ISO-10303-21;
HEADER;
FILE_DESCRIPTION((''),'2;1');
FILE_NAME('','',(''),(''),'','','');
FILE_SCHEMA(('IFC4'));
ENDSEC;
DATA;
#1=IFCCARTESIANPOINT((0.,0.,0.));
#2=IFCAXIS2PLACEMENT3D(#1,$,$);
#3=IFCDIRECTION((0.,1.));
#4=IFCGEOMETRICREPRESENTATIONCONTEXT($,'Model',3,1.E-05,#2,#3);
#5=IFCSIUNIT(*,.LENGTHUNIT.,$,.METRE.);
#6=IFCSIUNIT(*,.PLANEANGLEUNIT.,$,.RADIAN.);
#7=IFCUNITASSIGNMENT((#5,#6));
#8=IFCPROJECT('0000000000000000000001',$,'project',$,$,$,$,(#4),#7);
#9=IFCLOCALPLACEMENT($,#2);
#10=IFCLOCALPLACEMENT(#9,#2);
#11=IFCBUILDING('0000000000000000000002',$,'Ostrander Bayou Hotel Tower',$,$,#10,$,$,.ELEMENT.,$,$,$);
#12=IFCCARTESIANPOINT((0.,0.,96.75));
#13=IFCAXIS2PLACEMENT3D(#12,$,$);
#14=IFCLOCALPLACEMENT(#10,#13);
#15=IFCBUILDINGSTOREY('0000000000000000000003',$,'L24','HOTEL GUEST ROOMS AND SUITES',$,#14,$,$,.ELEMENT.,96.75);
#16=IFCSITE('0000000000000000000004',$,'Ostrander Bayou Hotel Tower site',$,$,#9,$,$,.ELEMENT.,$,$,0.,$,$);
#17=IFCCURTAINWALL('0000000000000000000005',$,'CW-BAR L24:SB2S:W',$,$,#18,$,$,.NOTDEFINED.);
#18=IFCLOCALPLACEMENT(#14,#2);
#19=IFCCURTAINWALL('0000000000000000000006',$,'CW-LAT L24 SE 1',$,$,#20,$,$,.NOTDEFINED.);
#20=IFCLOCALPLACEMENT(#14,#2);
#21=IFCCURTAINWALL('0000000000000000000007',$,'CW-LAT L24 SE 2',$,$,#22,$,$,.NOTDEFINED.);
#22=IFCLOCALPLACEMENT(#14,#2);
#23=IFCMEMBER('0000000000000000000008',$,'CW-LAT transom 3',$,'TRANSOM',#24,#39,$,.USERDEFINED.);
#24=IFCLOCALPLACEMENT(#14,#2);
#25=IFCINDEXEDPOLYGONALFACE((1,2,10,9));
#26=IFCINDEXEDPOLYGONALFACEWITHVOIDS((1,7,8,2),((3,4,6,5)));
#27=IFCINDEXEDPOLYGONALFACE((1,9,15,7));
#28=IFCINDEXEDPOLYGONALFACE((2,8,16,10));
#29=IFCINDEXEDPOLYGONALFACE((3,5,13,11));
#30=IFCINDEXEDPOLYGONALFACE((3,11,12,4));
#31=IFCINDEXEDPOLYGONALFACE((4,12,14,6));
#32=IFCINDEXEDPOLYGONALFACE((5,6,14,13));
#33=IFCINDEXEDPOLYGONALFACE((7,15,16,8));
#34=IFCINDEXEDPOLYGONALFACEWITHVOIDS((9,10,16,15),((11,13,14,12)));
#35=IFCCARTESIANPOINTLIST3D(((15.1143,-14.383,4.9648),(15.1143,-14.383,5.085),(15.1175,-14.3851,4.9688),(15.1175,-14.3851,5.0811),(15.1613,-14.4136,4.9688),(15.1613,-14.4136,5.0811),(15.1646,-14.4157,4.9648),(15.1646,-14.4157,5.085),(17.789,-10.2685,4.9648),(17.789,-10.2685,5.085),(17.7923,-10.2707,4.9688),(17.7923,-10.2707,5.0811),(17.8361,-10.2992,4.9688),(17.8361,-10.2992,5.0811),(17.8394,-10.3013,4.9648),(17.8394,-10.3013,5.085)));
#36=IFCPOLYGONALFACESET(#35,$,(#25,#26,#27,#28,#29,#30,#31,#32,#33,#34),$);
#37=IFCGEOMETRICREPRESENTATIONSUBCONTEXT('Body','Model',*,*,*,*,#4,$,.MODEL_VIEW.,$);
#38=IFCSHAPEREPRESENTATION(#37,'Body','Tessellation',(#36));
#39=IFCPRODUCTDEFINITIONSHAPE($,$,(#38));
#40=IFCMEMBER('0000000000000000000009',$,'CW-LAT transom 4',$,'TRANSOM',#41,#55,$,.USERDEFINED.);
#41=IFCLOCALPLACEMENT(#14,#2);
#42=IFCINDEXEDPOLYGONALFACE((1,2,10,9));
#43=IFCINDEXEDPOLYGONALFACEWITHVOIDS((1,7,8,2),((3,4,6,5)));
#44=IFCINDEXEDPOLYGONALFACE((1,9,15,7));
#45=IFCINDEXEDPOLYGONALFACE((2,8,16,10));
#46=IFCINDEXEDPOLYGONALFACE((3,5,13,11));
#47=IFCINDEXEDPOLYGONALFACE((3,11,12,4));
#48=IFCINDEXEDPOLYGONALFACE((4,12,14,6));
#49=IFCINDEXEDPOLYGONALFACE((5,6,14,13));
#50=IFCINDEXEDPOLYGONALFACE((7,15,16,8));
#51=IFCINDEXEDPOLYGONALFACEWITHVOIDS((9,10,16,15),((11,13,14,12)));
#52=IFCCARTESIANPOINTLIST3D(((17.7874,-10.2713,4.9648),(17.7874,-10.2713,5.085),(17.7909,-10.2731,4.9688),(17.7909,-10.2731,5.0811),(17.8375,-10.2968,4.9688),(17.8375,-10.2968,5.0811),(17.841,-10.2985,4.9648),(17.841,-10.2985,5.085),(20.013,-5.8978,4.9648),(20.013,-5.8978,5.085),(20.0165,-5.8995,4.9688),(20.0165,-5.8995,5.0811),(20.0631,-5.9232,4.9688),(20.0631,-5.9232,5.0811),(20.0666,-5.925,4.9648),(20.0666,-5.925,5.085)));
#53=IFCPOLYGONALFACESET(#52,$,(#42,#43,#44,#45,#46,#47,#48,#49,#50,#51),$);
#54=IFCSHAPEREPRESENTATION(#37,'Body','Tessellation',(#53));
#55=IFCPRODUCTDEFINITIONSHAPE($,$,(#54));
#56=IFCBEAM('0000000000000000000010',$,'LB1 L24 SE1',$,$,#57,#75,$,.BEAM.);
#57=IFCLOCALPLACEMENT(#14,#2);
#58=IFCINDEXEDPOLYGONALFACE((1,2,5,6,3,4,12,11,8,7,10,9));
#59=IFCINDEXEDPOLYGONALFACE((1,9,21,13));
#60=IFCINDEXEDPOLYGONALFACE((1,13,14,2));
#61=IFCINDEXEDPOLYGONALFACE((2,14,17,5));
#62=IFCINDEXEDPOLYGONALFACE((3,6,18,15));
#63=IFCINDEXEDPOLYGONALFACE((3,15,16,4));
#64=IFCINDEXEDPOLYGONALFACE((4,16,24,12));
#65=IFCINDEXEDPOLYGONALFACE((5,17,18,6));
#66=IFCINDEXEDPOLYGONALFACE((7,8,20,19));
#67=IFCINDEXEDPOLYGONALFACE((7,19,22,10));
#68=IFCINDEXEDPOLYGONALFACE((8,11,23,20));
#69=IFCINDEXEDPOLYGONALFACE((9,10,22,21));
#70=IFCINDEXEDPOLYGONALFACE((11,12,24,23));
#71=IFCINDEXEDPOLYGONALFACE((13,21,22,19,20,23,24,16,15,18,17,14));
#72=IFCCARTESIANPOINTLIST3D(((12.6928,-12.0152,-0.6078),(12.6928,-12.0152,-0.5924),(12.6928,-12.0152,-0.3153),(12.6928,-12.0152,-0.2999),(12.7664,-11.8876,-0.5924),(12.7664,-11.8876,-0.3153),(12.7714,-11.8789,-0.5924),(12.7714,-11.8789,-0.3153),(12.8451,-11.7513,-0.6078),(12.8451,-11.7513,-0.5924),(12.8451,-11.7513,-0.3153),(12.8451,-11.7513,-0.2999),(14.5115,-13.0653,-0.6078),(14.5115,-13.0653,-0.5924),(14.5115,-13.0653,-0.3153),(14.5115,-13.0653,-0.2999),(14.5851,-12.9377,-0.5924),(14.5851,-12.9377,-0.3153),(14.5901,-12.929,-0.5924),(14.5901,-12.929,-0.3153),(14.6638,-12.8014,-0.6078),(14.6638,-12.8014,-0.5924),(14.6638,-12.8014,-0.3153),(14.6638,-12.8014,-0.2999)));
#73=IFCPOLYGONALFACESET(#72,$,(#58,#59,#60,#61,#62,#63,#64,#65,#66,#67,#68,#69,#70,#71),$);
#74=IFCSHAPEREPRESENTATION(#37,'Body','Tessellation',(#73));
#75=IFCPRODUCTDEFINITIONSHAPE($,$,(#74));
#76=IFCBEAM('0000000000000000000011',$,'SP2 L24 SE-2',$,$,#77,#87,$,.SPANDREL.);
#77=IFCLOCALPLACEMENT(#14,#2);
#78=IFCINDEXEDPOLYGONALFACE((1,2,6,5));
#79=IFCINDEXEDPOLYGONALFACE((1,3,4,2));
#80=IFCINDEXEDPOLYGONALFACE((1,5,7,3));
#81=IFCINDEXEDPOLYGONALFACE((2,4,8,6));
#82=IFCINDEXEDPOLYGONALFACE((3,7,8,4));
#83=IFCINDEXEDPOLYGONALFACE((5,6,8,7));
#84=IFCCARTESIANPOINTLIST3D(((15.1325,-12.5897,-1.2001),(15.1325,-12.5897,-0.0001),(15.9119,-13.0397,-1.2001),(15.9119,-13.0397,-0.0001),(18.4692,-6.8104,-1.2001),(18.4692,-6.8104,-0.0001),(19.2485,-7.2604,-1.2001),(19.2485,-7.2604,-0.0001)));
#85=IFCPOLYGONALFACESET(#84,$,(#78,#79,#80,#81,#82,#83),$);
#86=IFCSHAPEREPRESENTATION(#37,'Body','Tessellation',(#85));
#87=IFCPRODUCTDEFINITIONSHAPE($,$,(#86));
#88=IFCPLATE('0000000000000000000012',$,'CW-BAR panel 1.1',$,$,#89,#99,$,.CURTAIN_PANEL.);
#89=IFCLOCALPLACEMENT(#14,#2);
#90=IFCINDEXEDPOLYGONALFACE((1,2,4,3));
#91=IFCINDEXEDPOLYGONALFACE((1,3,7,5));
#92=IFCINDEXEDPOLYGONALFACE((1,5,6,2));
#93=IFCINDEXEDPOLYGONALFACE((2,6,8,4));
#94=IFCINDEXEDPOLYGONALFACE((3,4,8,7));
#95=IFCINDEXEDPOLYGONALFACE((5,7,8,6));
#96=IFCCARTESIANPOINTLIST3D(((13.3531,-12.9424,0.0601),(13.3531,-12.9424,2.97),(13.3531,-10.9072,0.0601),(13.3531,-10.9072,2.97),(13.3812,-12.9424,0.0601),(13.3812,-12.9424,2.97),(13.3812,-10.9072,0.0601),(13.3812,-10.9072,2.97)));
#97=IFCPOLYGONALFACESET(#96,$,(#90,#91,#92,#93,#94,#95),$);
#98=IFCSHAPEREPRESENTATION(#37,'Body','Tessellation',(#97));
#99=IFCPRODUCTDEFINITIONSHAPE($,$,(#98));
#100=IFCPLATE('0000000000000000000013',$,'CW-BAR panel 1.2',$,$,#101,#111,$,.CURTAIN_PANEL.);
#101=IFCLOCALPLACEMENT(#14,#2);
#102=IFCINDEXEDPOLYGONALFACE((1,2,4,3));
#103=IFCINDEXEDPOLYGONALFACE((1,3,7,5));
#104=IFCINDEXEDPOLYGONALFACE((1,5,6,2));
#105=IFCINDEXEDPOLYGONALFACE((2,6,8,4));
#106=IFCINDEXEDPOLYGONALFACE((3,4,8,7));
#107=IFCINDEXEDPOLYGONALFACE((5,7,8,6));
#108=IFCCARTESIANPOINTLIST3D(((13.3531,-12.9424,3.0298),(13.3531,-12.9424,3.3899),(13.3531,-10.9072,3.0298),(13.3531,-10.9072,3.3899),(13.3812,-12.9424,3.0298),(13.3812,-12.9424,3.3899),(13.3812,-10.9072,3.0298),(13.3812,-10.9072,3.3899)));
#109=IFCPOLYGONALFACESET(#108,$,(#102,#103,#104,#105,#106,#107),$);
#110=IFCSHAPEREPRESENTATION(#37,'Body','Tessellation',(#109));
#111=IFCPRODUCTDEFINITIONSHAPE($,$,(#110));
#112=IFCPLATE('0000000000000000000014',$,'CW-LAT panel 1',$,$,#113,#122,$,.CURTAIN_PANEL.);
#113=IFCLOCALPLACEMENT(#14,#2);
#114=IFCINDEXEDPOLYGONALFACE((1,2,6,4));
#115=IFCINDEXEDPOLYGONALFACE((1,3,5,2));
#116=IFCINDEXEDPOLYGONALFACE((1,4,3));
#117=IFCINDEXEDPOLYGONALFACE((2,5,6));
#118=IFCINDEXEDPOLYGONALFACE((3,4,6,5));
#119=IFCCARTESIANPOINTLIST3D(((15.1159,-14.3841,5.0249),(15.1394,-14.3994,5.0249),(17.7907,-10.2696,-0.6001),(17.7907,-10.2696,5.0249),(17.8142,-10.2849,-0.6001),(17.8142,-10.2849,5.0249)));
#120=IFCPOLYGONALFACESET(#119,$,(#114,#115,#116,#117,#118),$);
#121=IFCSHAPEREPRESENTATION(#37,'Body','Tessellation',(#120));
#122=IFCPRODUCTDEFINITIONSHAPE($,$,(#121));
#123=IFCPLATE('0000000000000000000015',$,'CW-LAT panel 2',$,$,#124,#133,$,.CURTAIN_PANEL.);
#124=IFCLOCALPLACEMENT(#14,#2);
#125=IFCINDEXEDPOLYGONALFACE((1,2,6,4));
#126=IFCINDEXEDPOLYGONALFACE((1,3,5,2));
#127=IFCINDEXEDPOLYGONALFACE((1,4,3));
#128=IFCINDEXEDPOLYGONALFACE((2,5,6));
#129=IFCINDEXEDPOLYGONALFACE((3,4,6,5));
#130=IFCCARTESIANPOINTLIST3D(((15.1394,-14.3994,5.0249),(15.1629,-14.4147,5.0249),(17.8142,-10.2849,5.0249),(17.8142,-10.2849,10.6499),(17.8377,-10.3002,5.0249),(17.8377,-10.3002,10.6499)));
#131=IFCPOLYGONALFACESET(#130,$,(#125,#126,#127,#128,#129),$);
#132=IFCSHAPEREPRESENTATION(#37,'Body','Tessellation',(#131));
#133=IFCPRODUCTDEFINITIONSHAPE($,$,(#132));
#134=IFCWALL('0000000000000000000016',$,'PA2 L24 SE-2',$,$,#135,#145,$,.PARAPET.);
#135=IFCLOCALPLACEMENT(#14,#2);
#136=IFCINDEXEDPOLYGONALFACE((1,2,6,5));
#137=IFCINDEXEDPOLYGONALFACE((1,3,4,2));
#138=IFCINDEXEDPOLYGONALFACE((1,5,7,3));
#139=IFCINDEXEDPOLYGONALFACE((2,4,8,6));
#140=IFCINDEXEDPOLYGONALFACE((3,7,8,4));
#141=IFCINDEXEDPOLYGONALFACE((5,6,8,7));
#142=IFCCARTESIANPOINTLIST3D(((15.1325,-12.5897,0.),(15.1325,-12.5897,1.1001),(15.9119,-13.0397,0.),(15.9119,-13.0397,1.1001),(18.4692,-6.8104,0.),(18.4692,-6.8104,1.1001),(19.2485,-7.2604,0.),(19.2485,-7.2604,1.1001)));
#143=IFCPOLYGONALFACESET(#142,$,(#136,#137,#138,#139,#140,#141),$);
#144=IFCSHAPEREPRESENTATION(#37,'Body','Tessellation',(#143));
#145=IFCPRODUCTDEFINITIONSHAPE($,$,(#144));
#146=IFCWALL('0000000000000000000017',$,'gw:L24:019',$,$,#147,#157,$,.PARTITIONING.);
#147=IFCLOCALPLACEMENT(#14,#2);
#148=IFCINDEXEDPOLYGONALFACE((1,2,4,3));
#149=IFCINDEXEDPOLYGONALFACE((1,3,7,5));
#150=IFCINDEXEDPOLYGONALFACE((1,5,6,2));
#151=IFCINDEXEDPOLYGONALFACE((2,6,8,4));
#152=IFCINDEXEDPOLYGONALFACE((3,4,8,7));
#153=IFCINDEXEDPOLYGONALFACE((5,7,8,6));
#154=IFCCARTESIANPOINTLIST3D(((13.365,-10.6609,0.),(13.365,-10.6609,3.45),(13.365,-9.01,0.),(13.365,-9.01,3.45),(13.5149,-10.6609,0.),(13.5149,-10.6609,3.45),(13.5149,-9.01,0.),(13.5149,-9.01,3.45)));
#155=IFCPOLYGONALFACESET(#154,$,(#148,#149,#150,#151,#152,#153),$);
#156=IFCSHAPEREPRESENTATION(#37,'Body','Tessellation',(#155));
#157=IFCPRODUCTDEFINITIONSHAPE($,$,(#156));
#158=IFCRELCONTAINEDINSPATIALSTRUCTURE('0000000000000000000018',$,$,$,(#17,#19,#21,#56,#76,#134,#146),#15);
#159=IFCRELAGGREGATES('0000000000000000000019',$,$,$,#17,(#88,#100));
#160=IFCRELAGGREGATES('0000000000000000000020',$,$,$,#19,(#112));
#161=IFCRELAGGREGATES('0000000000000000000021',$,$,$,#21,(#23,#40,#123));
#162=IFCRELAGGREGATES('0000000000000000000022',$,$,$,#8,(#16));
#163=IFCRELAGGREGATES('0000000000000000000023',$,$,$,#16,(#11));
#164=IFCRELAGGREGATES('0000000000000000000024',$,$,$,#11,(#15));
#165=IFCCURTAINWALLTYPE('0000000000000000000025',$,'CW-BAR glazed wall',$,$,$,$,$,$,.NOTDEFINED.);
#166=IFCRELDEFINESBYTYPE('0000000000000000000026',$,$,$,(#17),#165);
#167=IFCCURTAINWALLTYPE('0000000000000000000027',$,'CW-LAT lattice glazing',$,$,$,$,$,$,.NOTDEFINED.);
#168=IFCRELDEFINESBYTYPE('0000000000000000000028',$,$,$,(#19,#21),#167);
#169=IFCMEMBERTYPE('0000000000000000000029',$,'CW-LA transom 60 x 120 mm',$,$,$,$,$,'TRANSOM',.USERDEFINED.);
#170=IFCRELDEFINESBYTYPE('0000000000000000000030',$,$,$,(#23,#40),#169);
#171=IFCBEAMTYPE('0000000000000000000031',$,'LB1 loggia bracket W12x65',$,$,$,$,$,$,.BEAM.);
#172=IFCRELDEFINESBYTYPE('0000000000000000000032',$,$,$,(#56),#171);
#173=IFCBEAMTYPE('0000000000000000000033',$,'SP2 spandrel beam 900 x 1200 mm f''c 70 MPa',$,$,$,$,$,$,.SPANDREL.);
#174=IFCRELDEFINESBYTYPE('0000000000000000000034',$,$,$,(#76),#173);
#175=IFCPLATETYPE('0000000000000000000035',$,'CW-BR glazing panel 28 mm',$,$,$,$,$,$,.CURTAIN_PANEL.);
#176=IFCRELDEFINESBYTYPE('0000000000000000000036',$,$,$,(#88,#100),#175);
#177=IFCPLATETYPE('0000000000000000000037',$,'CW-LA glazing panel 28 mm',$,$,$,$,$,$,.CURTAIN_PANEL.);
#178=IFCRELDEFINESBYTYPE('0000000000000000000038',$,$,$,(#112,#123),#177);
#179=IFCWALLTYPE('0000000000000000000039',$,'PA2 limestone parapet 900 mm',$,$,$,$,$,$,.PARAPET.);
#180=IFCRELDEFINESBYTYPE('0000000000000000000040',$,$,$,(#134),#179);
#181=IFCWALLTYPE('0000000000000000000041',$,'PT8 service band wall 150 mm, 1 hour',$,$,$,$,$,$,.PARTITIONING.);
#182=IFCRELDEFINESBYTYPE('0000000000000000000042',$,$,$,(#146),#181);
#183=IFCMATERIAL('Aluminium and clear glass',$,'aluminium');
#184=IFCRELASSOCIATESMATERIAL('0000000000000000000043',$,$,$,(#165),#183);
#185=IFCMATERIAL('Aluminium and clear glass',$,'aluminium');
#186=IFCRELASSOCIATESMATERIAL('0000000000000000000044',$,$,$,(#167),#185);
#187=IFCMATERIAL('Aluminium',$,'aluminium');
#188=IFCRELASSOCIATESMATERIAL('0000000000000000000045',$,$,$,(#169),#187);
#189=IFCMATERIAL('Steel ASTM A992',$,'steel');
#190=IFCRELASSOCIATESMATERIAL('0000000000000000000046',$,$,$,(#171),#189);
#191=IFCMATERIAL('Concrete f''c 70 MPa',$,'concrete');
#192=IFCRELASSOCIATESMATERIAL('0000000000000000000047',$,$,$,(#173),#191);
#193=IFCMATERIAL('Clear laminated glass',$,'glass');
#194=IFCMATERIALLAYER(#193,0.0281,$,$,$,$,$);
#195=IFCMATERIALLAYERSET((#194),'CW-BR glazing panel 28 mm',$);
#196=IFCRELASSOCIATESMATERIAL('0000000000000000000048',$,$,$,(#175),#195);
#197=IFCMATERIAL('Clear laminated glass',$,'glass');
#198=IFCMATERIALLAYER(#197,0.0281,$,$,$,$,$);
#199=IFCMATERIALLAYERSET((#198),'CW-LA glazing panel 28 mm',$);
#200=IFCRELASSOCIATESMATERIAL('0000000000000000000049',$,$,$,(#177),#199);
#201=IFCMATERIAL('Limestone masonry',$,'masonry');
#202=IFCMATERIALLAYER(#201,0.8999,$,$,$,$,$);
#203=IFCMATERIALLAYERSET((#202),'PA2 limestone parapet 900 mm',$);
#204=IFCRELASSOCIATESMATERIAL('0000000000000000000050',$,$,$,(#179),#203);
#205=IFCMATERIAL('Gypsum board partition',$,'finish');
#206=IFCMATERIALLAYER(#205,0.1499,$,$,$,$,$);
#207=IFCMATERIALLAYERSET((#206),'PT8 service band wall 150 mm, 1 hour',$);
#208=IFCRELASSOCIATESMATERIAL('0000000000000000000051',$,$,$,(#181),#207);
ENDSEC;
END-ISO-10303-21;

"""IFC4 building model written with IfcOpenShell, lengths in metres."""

from ifc_helpers import new_model, si_unit, direction, frame, frame_2d, origin, origin_2d, place, context, subcontext, project, spatial, polyline, rectangle, hollow_rectangle, i_section, outline, extrude, material, layer, layer_set, material_profile, profile_set, type_object, element, aggregate, save


model = new_model("IFC4")

# Units and contexts
model_context = context("Model", 3, precision=1e-05, world=origin(), true_north=direction((0.0, 1.0)))
body_context = subcontext(model_context, "Body", "Model", "MODEL_VIEW")
ifc_project = project(units=[si_unit("LENGTHUNIT", "METRE"), si_unit("PLANEANGLEUNIT", "RADIAN")], contexts=[model_context])

# Site, building, storey
site_placement = place(None, origin())
site = spatial("IfcSite", under=ifc_project, at=site_placement, Name="Ostrander Bayou Hotel Tower site", CompositionType="ELEMENT", RefElevation=0.0)
building_placement = place(site_placement, origin())
building = spatial("IfcBuilding", under=site, at=building_placement, Name="Ostrander Bayou Hotel Tower", CompositionType="ELEMENT")
storey_placement = place(building_placement, frame((0.0, 0.0, 96.75)))
storey = spatial("IfcBuildingStorey", under=building, at=storey_placement, Name="L24", Description="HOTEL GUEST ROOMS AND SUITES", CompositionType="ELEMENT", Elevation=96.75)

# Curtain walls, members
ifc_material_1 = material(Name="Aluminium and clear glass", Category="aluminium")
curtain_wall_type_1 = type_object("IfcCurtainWallType", Name="CW-BAR glazed wall", PredefinedType="NOTDEFINED", material=ifc_material_1)
curtain_wall_1_placement = place(storey_placement, origin())
curtain_wall_1 = element("IfcCurtainWall", 1, at=curtain_wall_1_placement, inside=storey, type_object=curtain_wall_type_1, Name="CW-BAR L24:SB2S:W", PredefinedType="NOTDEFINED")
ifc_material_2 = material(Name="Aluminium and clear glass", Category="aluminium")
curtain_wall_type_2 = type_object("IfcCurtainWallType", Name="CW-LAT lattice glazing", PredefinedType="NOTDEFINED", material=ifc_material_2)
curtain_wall_2_placement = place(storey_placement, origin())
curtain_wall_2 = element("IfcCurtainWall", 2, at=curtain_wall_2_placement, inside=storey, type_object=curtain_wall_type_2, Name="CW-LAT L24 SE 1", PredefinedType="NOTDEFINED")
curtain_wall_3_placement = place(storey_placement, origin())
curtain_wall_3 = element("IfcCurtainWall", 3, at=curtain_wall_3_placement, inside=storey, type_object=curtain_wall_type_2, Name="CW-LAT L24 SE 2", PredefinedType="NOTDEFINED")
ifc_material_3 = material(Name="Aluminium", Category="aluminium")
ifc_material_profile_1 = material_profile(ifc_material_3, hollow_rectangle(XDim=0.0601, YDim=0.1201, WallThickness=0.0039, at=origin_2d()))
ifc_profile_set_1 = profile_set([ifc_material_profile_1], Name="Aluminium")
member_type_1 = type_object("IfcMemberType", Name="CW-LA transom 60 x 120 mm", ElementType="TRANSOM", PredefinedType="USERDEFINED", material=ifc_profile_set_1)
member_1_placement = place(storey_placement, frame((17.8142, -10.2849, 5.0249), z_axis=(-0.545043, -0.838408, 0.0), x_axis=(0.838408, -0.545043, 0.0)))
member_1 = element("IfcMember", 4, at=member_1_placement, type_object=member_type_1, Name="CW-LAT transom 3", ObjectType="TRANSOM", PredefinedType="USERDEFINED", context=body_context, shape_type="SweptSolid", body=[
    extrude(hollow_rectangle(XDim=0.0601, YDim=0.1201, WallThickness=0.0039, at=origin_2d()), origin(), (0.0, 0.0, 1.0), 4.9075),
])
member_2_placement = place(storey_placement, frame((17.8142, -10.2849, 5.0249), z_axis=(0.453531, 0.891241, 0.0), x_axis=(-0.891241, 0.453531, 0.0)))
member_2 = element("IfcMember", 5, at=member_2_placement, type_object=member_type_1, Name="CW-LAT transom 4", ObjectType="TRANSOM", PredefinedType="USERDEFINED", context=body_context, shape_type="SweptSolid", body=[
    extrude(hollow_rectangle(XDim=0.0601, YDim=0.1201, WallThickness=0.0039, at=origin_2d()), origin(), (0.0, 0.0, 1.0), 4.9072),
])

# Beams
ifc_material_4 = material(Name="Steel ASTM A992", Category="steel")
ifc_material_profile_2 = material_profile(ifc_material_4, i_section(OverallWidth=0.3047, OverallDepth=0.3079, WebThickness=0.01, FlangeThickness=0.0154, at=origin_2d()))
ifc_profile_set_2 = profile_set([ifc_material_profile_2], Name="Steel ASTM A992")
beam_type_1 = type_object("IfcBeamType", Name="LB1 loggia bracket W12x65", PredefinedType="BEAM", material=ifc_profile_set_2)
beam_1_placement = place(storey_placement, frame((14.5876, -12.9333, -0.4539), z_axis=(-0.866009, 0.500028, 0.0), x_axis=(-0.500028, -0.866009, 0.0)))
element("IfcBeam", 6, at=beam_1_placement, inside=storey, type_object=beam_type_1, Name="LB1 L24 SE1", PredefinedType="BEAM", context=body_context, shape_type="SweptSolid", body=[
    extrude(i_section(OverallWidth=0.3047, OverallDepth=0.3079, WebThickness=0.01, FlangeThickness=0.0154, at=origin_2d()), origin(), (0.0, 0.0, 1.0), 2.1001),
])
ifc_material_5 = material(Name="Concrete f'c 70 MPa", Category="concrete")
ifc_material_profile_3 = material_profile(ifc_material_5, rectangle(XDim=0.8999, YDim=1.2, at=origin_2d()))
ifc_profile_set_3 = profile_set([ifc_material_profile_3], Name="Concrete f'c 70 MPa")
beam_type_2 = type_object("IfcBeamType", Name="SP2 spandrel beam 900 x 1200 mm f'c 70 MPa", PredefinedType="SPANDREL", material=ifc_profile_set_3)
beam_2_placement = place(storey_placement, frame((15.5222, -12.8147, -0.6001), z_axis=(0.499999, 0.866026, 0.0), x_axis=(-0.866026, 0.499999, 0.0)))
element("IfcBeam", 7, at=beam_2_placement, inside=storey, type_object=beam_type_2, Name="SP2 L24 SE-2", PredefinedType="SPANDREL", context=body_context, shape_type="SweptSolid", body=[
    extrude(rectangle(XDim=0.8999, YDim=1.2, at=origin_2d()), origin(), (0.0, 0.0, 1.0), 6.6733),
])

# Plates
ifc_material_6 = material(Name="Clear laminated glass", Category="glass")
ifc_layer_1 = layer(ifc_material_6, 0.0281)
ifc_layer_set_1 = layer_set([ifc_layer_1], Name="CW-BR glazing panel 28 mm")
plate_type_1 = type_object("IfcPlateType", Name="CW-BR glazing panel 28 mm", PredefinedType="CURTAIN_PANEL", material=ifc_layer_set_1)
plate_1_placement = place(storey_placement, frame((13.3672, -11.9248, 0.0601), z_axis=(0.0, 0.0, 1.0), x_axis=(0.0, -1.0, 0.0)))
plate_1 = element("IfcPlate", 8, at=plate_1_placement, type_object=plate_type_1, Name="CW-BAR panel 1.1", PredefinedType="CURTAIN_PANEL", context=body_context, shape_type="SweptSolid", body=[
    extrude(rectangle(XDim=2.0352, YDim=0.0281, at=origin_2d()), origin(), (0.0, 0.0, 1.0), 2.9099),
])
plate_2_placement = place(storey_placement, frame((13.3672, -11.9248, 3.0298), z_axis=(0.0, 0.0, 1.0), x_axis=(0.0, -1.0, 0.0)))
plate_2 = element("IfcPlate", 9, at=plate_2_placement, type_object=plate_type_1, Name="CW-BAR panel 1.2", PredefinedType="CURTAIN_PANEL", context=body_context, shape_type="SweptSolid", body=[
    extrude(rectangle(XDim=2.0352, YDim=0.0281, at=origin_2d()), origin(), (0.0, 0.0, 1.0), 0.3601),
])
aggregate(curtain_wall_1, [plate_1, plate_2])
ifc_material_7 = material(Name="Clear laminated glass", Category="glass")
ifc_layer_2 = layer(ifc_material_7, 0.0281)
ifc_layer_set_2 = layer_set([ifc_layer_2], Name="CW-LA glazing panel 28 mm")
plate_type_2 = type_object("IfcPlateType", Name="CW-LA glazing panel 28 mm", PredefinedType="CURTAIN_PANEL", material=ifc_layer_set_2)
plate_3_placement = place(storey_placement, frame((15.1394, -14.3994, 5.0249), z_axis=(0.838408, -0.545043, 0.0), x_axis=(0.358319, 0.551182, -0.753529)))
plate_3 = element("IfcPlate", 10, at=plate_3_placement, type_object=plate_type_2, Name="CW-LAT panel 1", PredefinedType="CURTAIN_PANEL", context=body_context, shape_type="SweptSolid", body=[
    extrude(outline(polyline([(0.0, 0.0), (7.4649, 0.0), (3.2263, 3.698), (0.0, 0.0)])), origin(), (0.0, 0.0, -1.0), 0.0281),
])
aggregate(curtain_wall_2, [plate_3])
plate_4_placement = place(storey_placement, frame((15.1394, -14.3994, 5.0249), z_axis=(-0.838408, 0.545043, 0.0), x_axis=(0.358319, 0.551182, 0.753529)))
plate_4 = element("IfcPlate", 11, at=plate_4_placement, type_object=plate_type_2, Name="CW-LAT panel 2", PredefinedType="CURTAIN_PANEL", context=body_context, shape_type="SweptSolid", body=[
    extrude(outline(polyline([(0.0, 0.0), (7.4649, 0.0), (3.2263, 3.698), (0.0, 0.0)])), origin(), (0.0, 0.0, -1.0), 0.0281),
])
aggregate(curtain_wall_3, [member_1, member_2, plate_4])

# Walls
ifc_material_8 = material(Name="Limestone masonry", Category="masonry")
ifc_layer_3 = layer(ifc_material_8, 0.8999)
ifc_layer_set_3 = layer_set([ifc_layer_3], Name="PA2 limestone parapet 900 mm")
wall_type_1 = type_object("IfcWallType", Name="PA2 limestone parapet 900 mm", PredefinedType="PARAPET", material=ifc_layer_set_3)
wall_1_placement = place(storey_placement, frame((15.5222, -12.8147, 0.0), z_axis=(0.0, 0.0, 1.0), x_axis=(0.499999, 0.866026, 0.0)))
element("IfcWall", 12, at=wall_1_placement, inside=storey, type_object=wall_type_1, Name="PA2 L24 SE-2", PredefinedType="PARAPET", context=body_context, shape_type="SweptSolid", body=[
    extrude(rectangle(XDim=6.6733, YDim=0.8999, at=frame_2d((3.3367, 0.0))), origin(), (0.0, 0.0, 1.0), 1.1001),
])
ifc_material_9 = material(Name="Gypsum board partition", Category="finish")
ifc_layer_4 = layer(ifc_material_9, 0.1499)
ifc_layer_set_4 = layer_set([ifc_layer_4], Name="PT8 service band wall 150 mm, 1 hour")
wall_type_2 = type_object("IfcWallType", Name="PT8 service band wall 150 mm, 1 hour", PredefinedType="PARTITIONING", material=ifc_layer_set_4)
wall_2_placement = place(storey_placement, frame((13.4399, -10.6609, 0.0), z_axis=(0.0, 0.0, 1.0), x_axis=(0.0, 1.0, 0.0)))
element("IfcWall", 13, at=wall_2_placement, inside=storey, type_object=wall_type_2, Name="gw:L24:019", PredefinedType="PARTITIONING", context=body_context, shape_type="SweptSolid", body=[
    extrude(rectangle(XDim=1.6509, YDim=0.1499, at=frame_2d((0.8254, 0.0))), origin(), (0.0, 0.0, 1.0), 3.45),
])

save(model, "model.ifc")
